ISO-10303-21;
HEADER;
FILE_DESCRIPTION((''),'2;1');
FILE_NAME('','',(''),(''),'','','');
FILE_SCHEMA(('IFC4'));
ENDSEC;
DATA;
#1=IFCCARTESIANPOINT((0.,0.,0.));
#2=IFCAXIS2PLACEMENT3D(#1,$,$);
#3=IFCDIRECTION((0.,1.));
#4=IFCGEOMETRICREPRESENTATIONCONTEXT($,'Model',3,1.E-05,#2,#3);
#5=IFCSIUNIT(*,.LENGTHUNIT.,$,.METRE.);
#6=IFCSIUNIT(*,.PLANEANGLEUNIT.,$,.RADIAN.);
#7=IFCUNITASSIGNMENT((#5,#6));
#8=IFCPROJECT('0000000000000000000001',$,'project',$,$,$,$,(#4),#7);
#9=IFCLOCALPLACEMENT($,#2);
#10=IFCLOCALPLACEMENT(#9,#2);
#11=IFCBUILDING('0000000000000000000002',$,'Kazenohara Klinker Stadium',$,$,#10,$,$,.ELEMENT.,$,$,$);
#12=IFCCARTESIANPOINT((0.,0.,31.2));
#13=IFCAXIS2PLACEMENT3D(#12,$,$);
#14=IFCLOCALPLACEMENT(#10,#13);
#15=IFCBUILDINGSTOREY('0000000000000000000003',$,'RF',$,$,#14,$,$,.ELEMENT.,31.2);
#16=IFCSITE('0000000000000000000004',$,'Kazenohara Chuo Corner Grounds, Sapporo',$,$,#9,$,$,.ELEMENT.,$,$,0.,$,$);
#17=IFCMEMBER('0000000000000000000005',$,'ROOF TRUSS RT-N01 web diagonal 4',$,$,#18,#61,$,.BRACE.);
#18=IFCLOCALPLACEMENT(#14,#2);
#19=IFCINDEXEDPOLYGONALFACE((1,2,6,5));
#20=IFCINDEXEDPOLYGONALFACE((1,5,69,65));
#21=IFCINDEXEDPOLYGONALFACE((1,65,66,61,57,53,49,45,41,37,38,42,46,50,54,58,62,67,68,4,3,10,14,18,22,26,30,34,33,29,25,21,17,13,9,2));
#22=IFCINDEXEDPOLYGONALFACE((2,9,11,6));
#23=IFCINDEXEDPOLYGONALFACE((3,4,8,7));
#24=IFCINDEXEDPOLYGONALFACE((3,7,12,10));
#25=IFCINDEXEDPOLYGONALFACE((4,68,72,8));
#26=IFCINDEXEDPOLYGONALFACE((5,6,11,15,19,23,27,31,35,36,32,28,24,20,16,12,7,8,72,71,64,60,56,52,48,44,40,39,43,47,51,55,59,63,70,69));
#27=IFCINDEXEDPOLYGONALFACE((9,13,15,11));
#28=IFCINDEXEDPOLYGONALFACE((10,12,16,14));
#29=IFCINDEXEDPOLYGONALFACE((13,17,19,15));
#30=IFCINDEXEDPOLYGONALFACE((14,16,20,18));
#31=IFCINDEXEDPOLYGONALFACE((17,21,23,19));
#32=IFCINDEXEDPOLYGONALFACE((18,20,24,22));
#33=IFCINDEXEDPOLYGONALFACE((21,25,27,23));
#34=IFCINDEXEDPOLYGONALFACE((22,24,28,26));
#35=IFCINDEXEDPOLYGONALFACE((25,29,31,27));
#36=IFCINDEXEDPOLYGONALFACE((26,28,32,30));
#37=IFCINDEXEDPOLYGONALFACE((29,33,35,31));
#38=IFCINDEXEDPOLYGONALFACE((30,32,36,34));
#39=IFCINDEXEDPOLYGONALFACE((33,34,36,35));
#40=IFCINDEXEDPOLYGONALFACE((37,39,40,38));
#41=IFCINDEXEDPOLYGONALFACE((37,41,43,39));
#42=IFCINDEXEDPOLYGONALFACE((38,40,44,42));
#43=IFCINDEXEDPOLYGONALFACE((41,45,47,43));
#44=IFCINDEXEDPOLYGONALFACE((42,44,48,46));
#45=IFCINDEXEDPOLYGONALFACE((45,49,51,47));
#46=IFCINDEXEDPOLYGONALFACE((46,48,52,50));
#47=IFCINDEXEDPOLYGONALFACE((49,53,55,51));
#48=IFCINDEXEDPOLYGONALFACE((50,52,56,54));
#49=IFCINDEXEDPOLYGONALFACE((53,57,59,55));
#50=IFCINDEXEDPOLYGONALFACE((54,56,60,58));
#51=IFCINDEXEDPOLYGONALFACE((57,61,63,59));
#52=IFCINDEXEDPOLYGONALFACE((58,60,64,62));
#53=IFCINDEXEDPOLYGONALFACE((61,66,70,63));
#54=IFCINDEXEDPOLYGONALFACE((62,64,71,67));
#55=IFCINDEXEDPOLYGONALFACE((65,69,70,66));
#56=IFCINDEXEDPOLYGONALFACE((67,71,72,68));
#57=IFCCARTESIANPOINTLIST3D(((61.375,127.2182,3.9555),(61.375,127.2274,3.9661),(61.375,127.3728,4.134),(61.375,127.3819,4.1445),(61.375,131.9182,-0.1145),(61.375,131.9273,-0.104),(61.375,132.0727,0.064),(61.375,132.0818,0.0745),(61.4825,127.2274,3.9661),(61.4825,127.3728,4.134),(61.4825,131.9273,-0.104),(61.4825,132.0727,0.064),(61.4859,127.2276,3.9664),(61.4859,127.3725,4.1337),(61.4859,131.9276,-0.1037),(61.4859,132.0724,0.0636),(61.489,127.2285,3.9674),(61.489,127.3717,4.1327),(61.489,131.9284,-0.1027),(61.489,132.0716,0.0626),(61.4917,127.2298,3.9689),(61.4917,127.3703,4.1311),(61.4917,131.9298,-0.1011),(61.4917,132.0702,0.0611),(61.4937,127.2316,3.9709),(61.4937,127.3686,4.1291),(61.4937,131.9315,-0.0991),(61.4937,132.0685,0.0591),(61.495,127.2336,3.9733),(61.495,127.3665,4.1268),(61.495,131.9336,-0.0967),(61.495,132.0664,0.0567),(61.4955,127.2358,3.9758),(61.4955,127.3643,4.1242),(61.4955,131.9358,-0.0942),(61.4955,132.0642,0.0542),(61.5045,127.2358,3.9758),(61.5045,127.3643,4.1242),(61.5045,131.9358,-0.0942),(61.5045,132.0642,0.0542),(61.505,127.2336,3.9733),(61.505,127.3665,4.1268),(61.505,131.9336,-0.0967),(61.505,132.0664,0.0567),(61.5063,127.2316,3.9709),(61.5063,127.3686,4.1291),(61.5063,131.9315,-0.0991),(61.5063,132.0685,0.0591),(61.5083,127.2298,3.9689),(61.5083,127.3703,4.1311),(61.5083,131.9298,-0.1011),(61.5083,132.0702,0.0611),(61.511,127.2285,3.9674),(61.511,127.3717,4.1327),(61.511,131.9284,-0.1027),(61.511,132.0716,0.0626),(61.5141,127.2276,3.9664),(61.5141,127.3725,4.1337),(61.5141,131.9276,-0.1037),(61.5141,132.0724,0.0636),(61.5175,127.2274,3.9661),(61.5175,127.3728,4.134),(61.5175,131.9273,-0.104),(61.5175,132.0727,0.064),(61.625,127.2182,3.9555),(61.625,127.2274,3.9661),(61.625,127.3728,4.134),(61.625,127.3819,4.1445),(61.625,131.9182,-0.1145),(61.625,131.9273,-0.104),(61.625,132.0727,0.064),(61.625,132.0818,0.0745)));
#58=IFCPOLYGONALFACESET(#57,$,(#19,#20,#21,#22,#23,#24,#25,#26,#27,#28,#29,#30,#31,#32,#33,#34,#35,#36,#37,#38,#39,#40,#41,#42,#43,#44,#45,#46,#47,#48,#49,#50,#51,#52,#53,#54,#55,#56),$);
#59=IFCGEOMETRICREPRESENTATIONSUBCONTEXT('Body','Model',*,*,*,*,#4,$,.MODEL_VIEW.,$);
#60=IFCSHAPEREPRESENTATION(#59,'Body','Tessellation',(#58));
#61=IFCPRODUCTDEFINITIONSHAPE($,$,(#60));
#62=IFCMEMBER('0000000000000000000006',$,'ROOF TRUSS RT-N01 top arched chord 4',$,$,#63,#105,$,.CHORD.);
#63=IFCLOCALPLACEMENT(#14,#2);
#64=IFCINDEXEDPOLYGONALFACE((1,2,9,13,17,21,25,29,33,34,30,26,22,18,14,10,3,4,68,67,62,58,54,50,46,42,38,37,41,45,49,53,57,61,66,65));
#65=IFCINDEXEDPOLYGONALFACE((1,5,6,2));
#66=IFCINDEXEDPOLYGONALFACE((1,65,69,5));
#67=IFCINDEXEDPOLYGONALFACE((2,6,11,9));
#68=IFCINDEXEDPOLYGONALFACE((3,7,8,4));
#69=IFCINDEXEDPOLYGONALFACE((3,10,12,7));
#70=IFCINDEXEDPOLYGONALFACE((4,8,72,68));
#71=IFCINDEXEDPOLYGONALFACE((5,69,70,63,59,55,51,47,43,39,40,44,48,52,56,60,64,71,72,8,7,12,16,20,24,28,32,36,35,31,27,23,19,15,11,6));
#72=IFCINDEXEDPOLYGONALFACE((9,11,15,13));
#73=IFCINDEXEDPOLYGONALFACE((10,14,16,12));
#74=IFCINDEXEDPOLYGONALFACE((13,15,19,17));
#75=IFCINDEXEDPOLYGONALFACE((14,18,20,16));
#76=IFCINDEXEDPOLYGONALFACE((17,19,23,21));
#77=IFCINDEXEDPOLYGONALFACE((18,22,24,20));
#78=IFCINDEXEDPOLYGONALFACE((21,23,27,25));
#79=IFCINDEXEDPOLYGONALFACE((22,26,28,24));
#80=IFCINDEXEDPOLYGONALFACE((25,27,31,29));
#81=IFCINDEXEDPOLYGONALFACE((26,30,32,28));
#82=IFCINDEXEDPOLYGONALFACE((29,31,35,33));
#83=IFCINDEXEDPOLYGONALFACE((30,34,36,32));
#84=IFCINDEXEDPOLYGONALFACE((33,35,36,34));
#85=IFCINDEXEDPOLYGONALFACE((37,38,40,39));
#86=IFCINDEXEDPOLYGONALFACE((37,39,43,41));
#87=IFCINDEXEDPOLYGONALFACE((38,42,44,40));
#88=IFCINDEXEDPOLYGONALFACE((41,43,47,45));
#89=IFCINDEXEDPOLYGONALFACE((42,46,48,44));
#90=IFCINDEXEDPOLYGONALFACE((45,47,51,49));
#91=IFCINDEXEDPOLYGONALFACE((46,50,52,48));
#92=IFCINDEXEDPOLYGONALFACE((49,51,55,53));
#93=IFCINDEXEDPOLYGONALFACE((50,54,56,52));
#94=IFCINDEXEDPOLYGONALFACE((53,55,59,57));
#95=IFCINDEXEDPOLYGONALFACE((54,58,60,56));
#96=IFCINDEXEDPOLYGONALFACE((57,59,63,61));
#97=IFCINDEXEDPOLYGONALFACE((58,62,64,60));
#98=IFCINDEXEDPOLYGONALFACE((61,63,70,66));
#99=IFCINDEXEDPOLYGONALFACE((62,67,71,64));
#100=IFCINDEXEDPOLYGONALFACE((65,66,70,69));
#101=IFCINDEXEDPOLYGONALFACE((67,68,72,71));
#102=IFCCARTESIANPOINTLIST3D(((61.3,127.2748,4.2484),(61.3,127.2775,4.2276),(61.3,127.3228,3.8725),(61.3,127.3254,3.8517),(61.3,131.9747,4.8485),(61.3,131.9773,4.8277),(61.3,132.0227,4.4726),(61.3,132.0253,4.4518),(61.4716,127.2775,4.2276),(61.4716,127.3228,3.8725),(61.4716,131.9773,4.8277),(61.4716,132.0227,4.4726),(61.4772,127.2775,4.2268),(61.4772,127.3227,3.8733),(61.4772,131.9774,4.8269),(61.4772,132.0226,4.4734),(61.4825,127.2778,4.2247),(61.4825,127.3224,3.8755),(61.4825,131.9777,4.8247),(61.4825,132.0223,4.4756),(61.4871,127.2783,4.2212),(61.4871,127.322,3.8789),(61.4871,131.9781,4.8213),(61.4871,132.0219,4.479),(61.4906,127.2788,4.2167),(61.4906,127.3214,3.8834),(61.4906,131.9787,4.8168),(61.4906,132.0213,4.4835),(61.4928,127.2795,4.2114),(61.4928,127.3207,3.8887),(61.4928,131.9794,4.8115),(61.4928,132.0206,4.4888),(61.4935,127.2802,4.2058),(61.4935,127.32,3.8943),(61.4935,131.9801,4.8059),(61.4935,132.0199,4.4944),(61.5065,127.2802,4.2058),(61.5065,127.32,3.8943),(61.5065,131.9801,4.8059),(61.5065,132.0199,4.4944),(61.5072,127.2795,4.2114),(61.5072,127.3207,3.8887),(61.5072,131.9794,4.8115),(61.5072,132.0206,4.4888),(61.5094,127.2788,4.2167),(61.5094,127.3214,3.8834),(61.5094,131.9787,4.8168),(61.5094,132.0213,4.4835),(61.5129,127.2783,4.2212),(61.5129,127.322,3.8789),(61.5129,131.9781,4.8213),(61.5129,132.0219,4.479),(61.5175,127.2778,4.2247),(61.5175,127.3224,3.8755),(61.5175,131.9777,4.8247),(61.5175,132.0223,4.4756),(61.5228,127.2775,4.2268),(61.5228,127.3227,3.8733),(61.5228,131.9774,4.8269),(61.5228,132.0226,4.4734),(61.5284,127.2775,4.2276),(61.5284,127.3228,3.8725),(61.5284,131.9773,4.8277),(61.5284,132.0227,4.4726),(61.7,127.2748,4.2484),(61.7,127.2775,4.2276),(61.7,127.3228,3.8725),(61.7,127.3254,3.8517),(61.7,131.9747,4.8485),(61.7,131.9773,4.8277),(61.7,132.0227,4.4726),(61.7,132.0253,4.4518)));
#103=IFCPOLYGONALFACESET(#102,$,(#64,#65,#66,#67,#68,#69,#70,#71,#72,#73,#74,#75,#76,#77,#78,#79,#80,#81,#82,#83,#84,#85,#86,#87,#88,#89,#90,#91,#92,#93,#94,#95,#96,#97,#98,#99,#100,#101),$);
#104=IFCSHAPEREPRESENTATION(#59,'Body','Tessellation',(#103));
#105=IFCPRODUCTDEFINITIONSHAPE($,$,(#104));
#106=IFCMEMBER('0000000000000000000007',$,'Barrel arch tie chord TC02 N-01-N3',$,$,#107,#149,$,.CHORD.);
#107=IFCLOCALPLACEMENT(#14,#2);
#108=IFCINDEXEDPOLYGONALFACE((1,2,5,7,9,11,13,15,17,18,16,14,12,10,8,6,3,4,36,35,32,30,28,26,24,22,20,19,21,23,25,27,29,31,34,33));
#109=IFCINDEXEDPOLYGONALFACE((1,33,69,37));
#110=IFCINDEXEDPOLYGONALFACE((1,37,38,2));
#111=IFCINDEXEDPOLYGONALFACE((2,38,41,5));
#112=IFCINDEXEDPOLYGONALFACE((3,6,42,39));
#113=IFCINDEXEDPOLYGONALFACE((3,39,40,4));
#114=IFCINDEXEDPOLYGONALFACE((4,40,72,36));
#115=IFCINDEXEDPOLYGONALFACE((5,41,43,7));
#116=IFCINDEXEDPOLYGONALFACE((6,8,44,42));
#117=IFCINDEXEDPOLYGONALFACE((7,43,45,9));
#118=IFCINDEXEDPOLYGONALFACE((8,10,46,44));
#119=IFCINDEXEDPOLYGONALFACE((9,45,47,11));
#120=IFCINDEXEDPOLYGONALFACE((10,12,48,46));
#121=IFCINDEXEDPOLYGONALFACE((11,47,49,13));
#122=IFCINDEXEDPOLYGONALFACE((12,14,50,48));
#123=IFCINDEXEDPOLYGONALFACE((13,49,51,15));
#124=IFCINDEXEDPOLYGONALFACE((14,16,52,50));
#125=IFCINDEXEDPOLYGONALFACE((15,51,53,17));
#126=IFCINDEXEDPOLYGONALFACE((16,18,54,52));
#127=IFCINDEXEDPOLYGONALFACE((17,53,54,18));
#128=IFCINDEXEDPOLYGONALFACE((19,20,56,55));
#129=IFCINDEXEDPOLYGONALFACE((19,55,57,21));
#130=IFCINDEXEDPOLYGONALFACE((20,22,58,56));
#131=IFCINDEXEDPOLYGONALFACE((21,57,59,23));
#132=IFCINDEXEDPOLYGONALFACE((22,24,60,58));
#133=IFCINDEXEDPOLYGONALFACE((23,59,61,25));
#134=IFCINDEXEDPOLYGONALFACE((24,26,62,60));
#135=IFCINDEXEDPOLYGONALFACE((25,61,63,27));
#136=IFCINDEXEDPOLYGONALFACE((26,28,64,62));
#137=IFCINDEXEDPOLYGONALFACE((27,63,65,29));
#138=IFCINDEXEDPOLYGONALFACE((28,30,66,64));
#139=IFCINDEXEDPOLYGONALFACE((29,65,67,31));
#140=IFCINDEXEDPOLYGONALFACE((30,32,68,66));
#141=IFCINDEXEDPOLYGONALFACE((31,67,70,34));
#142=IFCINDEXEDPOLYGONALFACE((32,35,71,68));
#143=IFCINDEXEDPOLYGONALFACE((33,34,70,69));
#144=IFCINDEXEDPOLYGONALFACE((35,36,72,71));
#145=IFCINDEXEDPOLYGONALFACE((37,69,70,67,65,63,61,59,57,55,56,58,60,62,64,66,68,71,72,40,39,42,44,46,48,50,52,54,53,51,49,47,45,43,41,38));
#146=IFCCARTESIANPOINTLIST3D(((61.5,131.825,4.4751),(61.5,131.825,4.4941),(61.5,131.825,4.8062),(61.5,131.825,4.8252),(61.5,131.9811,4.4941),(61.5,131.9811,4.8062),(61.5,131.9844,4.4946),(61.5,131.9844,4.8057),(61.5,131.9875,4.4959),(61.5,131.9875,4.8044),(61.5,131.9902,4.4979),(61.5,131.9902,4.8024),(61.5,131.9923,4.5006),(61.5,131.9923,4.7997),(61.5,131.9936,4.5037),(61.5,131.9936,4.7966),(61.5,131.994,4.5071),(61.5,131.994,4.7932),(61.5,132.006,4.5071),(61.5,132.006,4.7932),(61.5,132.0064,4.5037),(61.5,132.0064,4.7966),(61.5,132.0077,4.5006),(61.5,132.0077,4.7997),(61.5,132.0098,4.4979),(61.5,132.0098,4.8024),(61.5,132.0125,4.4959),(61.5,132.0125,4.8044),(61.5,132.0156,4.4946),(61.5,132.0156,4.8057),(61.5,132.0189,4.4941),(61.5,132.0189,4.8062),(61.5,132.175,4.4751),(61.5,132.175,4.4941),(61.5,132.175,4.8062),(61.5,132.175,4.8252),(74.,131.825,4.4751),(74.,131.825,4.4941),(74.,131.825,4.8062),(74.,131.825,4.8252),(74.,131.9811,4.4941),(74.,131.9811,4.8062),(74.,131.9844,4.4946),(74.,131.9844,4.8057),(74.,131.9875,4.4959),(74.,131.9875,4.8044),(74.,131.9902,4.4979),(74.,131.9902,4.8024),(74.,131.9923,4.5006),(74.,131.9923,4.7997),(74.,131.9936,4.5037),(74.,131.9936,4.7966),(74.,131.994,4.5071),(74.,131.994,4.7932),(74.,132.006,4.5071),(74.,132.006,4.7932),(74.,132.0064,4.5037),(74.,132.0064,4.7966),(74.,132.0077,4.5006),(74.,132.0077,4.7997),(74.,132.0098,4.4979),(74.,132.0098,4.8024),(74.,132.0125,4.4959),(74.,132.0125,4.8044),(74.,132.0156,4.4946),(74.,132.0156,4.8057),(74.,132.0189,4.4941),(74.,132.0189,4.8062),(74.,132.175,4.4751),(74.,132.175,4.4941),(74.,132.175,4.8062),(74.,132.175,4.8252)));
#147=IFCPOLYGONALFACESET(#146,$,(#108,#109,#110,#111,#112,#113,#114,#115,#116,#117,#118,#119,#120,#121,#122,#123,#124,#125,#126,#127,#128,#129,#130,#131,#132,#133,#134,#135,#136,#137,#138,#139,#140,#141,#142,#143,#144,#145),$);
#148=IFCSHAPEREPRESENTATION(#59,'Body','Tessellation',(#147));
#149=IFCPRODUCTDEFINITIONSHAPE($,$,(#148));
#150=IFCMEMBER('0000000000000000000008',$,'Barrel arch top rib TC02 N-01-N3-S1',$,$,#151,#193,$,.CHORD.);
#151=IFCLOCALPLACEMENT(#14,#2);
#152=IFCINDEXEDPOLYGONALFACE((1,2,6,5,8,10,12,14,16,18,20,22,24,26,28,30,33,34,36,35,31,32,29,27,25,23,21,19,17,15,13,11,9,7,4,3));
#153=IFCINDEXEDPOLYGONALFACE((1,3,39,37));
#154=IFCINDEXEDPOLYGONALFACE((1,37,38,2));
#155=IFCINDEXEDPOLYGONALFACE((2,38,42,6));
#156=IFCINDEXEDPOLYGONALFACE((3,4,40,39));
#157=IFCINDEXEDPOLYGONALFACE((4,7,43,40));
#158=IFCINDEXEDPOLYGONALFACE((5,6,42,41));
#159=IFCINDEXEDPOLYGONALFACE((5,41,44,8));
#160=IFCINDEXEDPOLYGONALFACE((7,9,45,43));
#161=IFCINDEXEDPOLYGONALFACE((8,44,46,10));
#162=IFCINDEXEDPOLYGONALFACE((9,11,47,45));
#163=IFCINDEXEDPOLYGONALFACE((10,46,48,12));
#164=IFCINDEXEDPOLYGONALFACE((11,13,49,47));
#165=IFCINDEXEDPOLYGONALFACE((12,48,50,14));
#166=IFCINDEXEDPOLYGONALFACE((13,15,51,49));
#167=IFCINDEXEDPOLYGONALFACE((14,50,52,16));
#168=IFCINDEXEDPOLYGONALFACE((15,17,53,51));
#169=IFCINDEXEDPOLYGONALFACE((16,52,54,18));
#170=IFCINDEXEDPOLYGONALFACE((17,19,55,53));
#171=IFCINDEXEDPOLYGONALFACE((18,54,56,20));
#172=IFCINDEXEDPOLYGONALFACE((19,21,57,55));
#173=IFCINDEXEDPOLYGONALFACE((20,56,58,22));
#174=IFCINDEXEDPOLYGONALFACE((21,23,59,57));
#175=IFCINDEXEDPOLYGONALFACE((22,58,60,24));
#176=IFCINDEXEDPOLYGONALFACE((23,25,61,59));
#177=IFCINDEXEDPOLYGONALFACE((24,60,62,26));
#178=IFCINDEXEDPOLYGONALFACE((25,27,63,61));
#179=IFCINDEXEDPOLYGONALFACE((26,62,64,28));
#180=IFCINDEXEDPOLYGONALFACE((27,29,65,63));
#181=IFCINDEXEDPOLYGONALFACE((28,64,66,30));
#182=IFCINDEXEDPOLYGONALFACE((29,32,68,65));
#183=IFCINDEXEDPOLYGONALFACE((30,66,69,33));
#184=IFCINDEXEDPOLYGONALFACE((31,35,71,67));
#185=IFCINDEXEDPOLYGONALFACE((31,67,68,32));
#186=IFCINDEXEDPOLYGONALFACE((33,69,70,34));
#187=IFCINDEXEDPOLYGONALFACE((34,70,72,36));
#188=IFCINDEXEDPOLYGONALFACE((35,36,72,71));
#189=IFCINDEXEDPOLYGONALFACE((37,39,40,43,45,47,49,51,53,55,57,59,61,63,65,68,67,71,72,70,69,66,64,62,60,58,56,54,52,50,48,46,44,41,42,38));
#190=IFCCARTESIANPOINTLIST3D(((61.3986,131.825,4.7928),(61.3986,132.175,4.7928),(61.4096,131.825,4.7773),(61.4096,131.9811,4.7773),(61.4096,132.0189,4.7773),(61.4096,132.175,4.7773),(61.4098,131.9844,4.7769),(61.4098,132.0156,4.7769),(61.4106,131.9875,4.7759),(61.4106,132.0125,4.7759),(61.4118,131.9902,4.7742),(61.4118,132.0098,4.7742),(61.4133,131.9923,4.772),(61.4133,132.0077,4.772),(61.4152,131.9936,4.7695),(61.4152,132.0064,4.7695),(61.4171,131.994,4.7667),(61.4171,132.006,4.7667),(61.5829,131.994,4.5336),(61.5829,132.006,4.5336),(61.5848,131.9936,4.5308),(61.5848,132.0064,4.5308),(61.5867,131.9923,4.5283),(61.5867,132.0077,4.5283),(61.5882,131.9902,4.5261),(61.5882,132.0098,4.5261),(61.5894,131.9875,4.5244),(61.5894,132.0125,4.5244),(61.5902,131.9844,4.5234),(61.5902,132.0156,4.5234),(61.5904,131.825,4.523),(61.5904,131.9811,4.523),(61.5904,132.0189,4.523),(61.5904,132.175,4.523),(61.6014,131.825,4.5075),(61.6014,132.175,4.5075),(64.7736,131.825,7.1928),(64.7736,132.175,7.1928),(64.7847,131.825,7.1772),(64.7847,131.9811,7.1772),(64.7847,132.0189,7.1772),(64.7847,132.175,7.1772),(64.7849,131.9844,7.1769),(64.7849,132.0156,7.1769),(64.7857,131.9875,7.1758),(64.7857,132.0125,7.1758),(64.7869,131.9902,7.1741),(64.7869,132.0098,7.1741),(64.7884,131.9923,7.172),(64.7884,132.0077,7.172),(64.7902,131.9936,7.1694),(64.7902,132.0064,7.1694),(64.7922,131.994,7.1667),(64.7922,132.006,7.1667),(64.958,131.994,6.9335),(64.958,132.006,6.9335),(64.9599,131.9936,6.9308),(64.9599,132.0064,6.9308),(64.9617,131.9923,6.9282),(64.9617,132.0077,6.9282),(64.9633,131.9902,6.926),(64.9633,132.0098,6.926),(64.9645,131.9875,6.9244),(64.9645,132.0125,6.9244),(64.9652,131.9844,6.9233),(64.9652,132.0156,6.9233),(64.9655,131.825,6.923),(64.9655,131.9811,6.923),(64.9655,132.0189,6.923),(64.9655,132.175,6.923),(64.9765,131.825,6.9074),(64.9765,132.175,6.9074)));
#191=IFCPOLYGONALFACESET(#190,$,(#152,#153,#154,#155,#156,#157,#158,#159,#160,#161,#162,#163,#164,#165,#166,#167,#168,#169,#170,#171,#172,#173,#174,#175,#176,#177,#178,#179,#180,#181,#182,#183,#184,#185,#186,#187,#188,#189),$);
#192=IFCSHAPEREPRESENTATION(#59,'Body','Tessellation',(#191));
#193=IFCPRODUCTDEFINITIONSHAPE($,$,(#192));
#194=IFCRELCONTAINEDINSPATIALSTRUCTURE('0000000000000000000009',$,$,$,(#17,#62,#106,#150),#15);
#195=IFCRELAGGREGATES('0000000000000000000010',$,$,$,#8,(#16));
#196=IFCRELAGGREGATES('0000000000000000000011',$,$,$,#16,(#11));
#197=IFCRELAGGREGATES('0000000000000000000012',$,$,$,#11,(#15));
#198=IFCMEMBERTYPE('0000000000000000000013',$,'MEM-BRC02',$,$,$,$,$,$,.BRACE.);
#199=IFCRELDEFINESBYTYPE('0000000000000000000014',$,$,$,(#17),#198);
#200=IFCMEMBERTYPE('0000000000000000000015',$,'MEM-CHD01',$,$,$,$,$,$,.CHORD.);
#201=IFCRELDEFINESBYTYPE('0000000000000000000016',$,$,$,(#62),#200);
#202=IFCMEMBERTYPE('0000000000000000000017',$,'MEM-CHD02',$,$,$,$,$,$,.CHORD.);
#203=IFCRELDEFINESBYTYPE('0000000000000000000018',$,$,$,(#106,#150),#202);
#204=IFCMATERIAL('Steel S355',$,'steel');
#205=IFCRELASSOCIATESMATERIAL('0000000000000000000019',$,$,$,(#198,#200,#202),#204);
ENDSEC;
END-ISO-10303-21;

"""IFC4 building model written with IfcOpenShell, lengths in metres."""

from ifc_helpers import new_model, si_unit, direction, frame, origin, origin_2d, place, context, subcontext, project, spatial, i_section, extrude, material, material_profile, profile_set, type_object, element, save


model = new_model("IFC4")

# Units and contexts
model_context = context("Model", 3, precision=1e-05, world=origin(), true_north=direction((0.0, 1.0)))
body_context = subcontext(model_context, "Body", "Model", "MODEL_VIEW")
ifc_project = project(units=[si_unit("LENGTHUNIT", "METRE"), si_unit("PLANEANGLEUNIT", "RADIAN")], contexts=[model_context])

# Site, building, storey
site_placement = place(None, origin())
site = spatial("IfcSite", under=ifc_project, at=site_placement, Name="Kazenohara Chuo Corner Grounds, Sapporo", CompositionType="ELEMENT", RefElevation=0.0)
building_placement = place(site_placement, origin())
building = spatial("IfcBuilding", under=site, at=building_placement, Name="Kazenohara Klinker Stadium", CompositionType="ELEMENT")
storey_placement = place(building_placement, frame((0.0, 0.0, 31.2)))
storey = spatial("IfcBuildingStorey", under=building, at=storey_placement, Name="RF", CompositionType="ELEMENT", Elevation=31.2)

# Members
ifc_material_1 = material(Name="Steel S355", Category="steel")
ifc_material_profile_1 = material_profile(ifc_material_1, i_section(OverallWidth=0.25, OverallDepth=0.25, WebThickness=0.009, FlangeThickness=0.0139, FilletRadius=0.0129, at=origin_2d()), Name="H-250x250x9x14")
ifc_profile_set_1 = profile_set([ifc_material_profile_1], Name="Steel S355")
member_type_1 = type_object("IfcMemberType", Name="MEM-BRC02", PredefinedType="BRACE", material=ifc_profile_set_1)
member_1_placement = place(storey_placement, frame((61.5, 132.0, -0.02), z_axis=(0.0, -0.755946, 0.654634), x_axis=(1.0, 0.0, 0.0)))
element("IfcMember", 1, at=member_1_placement, inside=storey, type_object=member_type_1, Name="ROOF TRUSS RT-N01 web diagonal 4", PredefinedType="BRACE", context=body_context, shape_type="SweptSolid", body=[
    extrude(i_section(OverallWidth=0.25, OverallDepth=0.25, WebThickness=0.009, FlangeThickness=0.0139, FilletRadius=0.0129, at=origin_2d()), origin(), (0.0, 0.0, 1.0), 6.2173),
])
ifc_material_profile_2 = material_profile(ifc_material_1, i_section(OverallWidth=0.3999, OverallDepth=0.3999, WebThickness=0.0129, FlangeThickness=0.021, FilletRadius=0.022, at=origin_2d()), Name="H-400x400x13x21")
ifc_profile_set_2 = profile_set([ifc_material_profile_2], Name="Steel S355")
member_type_2 = type_object("IfcMemberType", Name="MEM-CHD01", PredefinedType="CHORD", material=ifc_profile_set_2)
member_2_placement = place(storey_placement, frame((61.5, 132.0, 4.6501), z_axis=(0.0, -0.991947, -0.126653), x_axis=(1.0, 0.0, 0.0)))
element("IfcMember", 2, at=member_2_placement, inside=storey, type_object=member_type_2, Name="ROOF TRUSS RT-N01 top arched chord 4", PredefinedType="CHORD", context=body_context, shape_type="SweptSolid", body=[
    extrude(i_section(OverallWidth=0.3999, OverallDepth=0.3999, WebThickness=0.0129, FlangeThickness=0.021, FilletRadius=0.022, at=origin_2d()), origin(), (0.0, 0.0, 1.0), 4.738),
])
ifc_material_profile_3 = material_profile(ifc_material_1, i_section(OverallWidth=0.3501, OverallDepth=0.3501, WebThickness=0.012, FlangeThickness=0.019, FilletRadius=0.0129, at=origin_2d()), Name="H-350x350x12x19")
ifc_profile_set_3 = profile_set([ifc_material_profile_3], Name="Steel S355")
member_type_3 = type_object("IfcMemberType", Name="MEM-CHD02", PredefinedType="CHORD", material=ifc_profile_set_3)
member_3_placement = place(storey_placement, frame((61.5, 132.0, 4.6501), z_axis=(1.0, 0.0, 0.0), x_axis=(0.0, 1.0, 0.0)))
element("IfcMember", 3, at=member_3_placement, inside=storey, type_object=member_type_3, Name="Barrel arch tie chord TC02 N-01-N3", PredefinedType="CHORD", context=body_context, shape_type="SweptSolid", body=[
    extrude(i_section(OverallWidth=0.3501, OverallDepth=0.3501, WebThickness=0.012, FlangeThickness=0.019, FilletRadius=0.0129, at=origin_2d()), origin(), (0.0, 0.0, 1.0), 12.5),
])
member_4_placement = place(storey_placement, frame((61.5, 132.0, 4.6501), z_axis=(0.814966, 0.0, 0.579508), x_axis=(0.0, 1.0, 0.0)))
element("IfcMember", 4, at=member_4_placement, inside=storey, type_object=member_type_3, Name="Barrel arch top rib TC02 N-01-N3-S1", PredefinedType="CHORD", context=body_context, shape_type="SweptSolid", body=[
    extrude(i_section(OverallWidth=0.3501, OverallDepth=0.3501, WebThickness=0.012, FlangeThickness=0.019, FilletRadius=0.0129, at=origin_2d()), origin(), (0.0, 0.0, 1.0), 4.1414),
])

save(model, "model.ifc")
